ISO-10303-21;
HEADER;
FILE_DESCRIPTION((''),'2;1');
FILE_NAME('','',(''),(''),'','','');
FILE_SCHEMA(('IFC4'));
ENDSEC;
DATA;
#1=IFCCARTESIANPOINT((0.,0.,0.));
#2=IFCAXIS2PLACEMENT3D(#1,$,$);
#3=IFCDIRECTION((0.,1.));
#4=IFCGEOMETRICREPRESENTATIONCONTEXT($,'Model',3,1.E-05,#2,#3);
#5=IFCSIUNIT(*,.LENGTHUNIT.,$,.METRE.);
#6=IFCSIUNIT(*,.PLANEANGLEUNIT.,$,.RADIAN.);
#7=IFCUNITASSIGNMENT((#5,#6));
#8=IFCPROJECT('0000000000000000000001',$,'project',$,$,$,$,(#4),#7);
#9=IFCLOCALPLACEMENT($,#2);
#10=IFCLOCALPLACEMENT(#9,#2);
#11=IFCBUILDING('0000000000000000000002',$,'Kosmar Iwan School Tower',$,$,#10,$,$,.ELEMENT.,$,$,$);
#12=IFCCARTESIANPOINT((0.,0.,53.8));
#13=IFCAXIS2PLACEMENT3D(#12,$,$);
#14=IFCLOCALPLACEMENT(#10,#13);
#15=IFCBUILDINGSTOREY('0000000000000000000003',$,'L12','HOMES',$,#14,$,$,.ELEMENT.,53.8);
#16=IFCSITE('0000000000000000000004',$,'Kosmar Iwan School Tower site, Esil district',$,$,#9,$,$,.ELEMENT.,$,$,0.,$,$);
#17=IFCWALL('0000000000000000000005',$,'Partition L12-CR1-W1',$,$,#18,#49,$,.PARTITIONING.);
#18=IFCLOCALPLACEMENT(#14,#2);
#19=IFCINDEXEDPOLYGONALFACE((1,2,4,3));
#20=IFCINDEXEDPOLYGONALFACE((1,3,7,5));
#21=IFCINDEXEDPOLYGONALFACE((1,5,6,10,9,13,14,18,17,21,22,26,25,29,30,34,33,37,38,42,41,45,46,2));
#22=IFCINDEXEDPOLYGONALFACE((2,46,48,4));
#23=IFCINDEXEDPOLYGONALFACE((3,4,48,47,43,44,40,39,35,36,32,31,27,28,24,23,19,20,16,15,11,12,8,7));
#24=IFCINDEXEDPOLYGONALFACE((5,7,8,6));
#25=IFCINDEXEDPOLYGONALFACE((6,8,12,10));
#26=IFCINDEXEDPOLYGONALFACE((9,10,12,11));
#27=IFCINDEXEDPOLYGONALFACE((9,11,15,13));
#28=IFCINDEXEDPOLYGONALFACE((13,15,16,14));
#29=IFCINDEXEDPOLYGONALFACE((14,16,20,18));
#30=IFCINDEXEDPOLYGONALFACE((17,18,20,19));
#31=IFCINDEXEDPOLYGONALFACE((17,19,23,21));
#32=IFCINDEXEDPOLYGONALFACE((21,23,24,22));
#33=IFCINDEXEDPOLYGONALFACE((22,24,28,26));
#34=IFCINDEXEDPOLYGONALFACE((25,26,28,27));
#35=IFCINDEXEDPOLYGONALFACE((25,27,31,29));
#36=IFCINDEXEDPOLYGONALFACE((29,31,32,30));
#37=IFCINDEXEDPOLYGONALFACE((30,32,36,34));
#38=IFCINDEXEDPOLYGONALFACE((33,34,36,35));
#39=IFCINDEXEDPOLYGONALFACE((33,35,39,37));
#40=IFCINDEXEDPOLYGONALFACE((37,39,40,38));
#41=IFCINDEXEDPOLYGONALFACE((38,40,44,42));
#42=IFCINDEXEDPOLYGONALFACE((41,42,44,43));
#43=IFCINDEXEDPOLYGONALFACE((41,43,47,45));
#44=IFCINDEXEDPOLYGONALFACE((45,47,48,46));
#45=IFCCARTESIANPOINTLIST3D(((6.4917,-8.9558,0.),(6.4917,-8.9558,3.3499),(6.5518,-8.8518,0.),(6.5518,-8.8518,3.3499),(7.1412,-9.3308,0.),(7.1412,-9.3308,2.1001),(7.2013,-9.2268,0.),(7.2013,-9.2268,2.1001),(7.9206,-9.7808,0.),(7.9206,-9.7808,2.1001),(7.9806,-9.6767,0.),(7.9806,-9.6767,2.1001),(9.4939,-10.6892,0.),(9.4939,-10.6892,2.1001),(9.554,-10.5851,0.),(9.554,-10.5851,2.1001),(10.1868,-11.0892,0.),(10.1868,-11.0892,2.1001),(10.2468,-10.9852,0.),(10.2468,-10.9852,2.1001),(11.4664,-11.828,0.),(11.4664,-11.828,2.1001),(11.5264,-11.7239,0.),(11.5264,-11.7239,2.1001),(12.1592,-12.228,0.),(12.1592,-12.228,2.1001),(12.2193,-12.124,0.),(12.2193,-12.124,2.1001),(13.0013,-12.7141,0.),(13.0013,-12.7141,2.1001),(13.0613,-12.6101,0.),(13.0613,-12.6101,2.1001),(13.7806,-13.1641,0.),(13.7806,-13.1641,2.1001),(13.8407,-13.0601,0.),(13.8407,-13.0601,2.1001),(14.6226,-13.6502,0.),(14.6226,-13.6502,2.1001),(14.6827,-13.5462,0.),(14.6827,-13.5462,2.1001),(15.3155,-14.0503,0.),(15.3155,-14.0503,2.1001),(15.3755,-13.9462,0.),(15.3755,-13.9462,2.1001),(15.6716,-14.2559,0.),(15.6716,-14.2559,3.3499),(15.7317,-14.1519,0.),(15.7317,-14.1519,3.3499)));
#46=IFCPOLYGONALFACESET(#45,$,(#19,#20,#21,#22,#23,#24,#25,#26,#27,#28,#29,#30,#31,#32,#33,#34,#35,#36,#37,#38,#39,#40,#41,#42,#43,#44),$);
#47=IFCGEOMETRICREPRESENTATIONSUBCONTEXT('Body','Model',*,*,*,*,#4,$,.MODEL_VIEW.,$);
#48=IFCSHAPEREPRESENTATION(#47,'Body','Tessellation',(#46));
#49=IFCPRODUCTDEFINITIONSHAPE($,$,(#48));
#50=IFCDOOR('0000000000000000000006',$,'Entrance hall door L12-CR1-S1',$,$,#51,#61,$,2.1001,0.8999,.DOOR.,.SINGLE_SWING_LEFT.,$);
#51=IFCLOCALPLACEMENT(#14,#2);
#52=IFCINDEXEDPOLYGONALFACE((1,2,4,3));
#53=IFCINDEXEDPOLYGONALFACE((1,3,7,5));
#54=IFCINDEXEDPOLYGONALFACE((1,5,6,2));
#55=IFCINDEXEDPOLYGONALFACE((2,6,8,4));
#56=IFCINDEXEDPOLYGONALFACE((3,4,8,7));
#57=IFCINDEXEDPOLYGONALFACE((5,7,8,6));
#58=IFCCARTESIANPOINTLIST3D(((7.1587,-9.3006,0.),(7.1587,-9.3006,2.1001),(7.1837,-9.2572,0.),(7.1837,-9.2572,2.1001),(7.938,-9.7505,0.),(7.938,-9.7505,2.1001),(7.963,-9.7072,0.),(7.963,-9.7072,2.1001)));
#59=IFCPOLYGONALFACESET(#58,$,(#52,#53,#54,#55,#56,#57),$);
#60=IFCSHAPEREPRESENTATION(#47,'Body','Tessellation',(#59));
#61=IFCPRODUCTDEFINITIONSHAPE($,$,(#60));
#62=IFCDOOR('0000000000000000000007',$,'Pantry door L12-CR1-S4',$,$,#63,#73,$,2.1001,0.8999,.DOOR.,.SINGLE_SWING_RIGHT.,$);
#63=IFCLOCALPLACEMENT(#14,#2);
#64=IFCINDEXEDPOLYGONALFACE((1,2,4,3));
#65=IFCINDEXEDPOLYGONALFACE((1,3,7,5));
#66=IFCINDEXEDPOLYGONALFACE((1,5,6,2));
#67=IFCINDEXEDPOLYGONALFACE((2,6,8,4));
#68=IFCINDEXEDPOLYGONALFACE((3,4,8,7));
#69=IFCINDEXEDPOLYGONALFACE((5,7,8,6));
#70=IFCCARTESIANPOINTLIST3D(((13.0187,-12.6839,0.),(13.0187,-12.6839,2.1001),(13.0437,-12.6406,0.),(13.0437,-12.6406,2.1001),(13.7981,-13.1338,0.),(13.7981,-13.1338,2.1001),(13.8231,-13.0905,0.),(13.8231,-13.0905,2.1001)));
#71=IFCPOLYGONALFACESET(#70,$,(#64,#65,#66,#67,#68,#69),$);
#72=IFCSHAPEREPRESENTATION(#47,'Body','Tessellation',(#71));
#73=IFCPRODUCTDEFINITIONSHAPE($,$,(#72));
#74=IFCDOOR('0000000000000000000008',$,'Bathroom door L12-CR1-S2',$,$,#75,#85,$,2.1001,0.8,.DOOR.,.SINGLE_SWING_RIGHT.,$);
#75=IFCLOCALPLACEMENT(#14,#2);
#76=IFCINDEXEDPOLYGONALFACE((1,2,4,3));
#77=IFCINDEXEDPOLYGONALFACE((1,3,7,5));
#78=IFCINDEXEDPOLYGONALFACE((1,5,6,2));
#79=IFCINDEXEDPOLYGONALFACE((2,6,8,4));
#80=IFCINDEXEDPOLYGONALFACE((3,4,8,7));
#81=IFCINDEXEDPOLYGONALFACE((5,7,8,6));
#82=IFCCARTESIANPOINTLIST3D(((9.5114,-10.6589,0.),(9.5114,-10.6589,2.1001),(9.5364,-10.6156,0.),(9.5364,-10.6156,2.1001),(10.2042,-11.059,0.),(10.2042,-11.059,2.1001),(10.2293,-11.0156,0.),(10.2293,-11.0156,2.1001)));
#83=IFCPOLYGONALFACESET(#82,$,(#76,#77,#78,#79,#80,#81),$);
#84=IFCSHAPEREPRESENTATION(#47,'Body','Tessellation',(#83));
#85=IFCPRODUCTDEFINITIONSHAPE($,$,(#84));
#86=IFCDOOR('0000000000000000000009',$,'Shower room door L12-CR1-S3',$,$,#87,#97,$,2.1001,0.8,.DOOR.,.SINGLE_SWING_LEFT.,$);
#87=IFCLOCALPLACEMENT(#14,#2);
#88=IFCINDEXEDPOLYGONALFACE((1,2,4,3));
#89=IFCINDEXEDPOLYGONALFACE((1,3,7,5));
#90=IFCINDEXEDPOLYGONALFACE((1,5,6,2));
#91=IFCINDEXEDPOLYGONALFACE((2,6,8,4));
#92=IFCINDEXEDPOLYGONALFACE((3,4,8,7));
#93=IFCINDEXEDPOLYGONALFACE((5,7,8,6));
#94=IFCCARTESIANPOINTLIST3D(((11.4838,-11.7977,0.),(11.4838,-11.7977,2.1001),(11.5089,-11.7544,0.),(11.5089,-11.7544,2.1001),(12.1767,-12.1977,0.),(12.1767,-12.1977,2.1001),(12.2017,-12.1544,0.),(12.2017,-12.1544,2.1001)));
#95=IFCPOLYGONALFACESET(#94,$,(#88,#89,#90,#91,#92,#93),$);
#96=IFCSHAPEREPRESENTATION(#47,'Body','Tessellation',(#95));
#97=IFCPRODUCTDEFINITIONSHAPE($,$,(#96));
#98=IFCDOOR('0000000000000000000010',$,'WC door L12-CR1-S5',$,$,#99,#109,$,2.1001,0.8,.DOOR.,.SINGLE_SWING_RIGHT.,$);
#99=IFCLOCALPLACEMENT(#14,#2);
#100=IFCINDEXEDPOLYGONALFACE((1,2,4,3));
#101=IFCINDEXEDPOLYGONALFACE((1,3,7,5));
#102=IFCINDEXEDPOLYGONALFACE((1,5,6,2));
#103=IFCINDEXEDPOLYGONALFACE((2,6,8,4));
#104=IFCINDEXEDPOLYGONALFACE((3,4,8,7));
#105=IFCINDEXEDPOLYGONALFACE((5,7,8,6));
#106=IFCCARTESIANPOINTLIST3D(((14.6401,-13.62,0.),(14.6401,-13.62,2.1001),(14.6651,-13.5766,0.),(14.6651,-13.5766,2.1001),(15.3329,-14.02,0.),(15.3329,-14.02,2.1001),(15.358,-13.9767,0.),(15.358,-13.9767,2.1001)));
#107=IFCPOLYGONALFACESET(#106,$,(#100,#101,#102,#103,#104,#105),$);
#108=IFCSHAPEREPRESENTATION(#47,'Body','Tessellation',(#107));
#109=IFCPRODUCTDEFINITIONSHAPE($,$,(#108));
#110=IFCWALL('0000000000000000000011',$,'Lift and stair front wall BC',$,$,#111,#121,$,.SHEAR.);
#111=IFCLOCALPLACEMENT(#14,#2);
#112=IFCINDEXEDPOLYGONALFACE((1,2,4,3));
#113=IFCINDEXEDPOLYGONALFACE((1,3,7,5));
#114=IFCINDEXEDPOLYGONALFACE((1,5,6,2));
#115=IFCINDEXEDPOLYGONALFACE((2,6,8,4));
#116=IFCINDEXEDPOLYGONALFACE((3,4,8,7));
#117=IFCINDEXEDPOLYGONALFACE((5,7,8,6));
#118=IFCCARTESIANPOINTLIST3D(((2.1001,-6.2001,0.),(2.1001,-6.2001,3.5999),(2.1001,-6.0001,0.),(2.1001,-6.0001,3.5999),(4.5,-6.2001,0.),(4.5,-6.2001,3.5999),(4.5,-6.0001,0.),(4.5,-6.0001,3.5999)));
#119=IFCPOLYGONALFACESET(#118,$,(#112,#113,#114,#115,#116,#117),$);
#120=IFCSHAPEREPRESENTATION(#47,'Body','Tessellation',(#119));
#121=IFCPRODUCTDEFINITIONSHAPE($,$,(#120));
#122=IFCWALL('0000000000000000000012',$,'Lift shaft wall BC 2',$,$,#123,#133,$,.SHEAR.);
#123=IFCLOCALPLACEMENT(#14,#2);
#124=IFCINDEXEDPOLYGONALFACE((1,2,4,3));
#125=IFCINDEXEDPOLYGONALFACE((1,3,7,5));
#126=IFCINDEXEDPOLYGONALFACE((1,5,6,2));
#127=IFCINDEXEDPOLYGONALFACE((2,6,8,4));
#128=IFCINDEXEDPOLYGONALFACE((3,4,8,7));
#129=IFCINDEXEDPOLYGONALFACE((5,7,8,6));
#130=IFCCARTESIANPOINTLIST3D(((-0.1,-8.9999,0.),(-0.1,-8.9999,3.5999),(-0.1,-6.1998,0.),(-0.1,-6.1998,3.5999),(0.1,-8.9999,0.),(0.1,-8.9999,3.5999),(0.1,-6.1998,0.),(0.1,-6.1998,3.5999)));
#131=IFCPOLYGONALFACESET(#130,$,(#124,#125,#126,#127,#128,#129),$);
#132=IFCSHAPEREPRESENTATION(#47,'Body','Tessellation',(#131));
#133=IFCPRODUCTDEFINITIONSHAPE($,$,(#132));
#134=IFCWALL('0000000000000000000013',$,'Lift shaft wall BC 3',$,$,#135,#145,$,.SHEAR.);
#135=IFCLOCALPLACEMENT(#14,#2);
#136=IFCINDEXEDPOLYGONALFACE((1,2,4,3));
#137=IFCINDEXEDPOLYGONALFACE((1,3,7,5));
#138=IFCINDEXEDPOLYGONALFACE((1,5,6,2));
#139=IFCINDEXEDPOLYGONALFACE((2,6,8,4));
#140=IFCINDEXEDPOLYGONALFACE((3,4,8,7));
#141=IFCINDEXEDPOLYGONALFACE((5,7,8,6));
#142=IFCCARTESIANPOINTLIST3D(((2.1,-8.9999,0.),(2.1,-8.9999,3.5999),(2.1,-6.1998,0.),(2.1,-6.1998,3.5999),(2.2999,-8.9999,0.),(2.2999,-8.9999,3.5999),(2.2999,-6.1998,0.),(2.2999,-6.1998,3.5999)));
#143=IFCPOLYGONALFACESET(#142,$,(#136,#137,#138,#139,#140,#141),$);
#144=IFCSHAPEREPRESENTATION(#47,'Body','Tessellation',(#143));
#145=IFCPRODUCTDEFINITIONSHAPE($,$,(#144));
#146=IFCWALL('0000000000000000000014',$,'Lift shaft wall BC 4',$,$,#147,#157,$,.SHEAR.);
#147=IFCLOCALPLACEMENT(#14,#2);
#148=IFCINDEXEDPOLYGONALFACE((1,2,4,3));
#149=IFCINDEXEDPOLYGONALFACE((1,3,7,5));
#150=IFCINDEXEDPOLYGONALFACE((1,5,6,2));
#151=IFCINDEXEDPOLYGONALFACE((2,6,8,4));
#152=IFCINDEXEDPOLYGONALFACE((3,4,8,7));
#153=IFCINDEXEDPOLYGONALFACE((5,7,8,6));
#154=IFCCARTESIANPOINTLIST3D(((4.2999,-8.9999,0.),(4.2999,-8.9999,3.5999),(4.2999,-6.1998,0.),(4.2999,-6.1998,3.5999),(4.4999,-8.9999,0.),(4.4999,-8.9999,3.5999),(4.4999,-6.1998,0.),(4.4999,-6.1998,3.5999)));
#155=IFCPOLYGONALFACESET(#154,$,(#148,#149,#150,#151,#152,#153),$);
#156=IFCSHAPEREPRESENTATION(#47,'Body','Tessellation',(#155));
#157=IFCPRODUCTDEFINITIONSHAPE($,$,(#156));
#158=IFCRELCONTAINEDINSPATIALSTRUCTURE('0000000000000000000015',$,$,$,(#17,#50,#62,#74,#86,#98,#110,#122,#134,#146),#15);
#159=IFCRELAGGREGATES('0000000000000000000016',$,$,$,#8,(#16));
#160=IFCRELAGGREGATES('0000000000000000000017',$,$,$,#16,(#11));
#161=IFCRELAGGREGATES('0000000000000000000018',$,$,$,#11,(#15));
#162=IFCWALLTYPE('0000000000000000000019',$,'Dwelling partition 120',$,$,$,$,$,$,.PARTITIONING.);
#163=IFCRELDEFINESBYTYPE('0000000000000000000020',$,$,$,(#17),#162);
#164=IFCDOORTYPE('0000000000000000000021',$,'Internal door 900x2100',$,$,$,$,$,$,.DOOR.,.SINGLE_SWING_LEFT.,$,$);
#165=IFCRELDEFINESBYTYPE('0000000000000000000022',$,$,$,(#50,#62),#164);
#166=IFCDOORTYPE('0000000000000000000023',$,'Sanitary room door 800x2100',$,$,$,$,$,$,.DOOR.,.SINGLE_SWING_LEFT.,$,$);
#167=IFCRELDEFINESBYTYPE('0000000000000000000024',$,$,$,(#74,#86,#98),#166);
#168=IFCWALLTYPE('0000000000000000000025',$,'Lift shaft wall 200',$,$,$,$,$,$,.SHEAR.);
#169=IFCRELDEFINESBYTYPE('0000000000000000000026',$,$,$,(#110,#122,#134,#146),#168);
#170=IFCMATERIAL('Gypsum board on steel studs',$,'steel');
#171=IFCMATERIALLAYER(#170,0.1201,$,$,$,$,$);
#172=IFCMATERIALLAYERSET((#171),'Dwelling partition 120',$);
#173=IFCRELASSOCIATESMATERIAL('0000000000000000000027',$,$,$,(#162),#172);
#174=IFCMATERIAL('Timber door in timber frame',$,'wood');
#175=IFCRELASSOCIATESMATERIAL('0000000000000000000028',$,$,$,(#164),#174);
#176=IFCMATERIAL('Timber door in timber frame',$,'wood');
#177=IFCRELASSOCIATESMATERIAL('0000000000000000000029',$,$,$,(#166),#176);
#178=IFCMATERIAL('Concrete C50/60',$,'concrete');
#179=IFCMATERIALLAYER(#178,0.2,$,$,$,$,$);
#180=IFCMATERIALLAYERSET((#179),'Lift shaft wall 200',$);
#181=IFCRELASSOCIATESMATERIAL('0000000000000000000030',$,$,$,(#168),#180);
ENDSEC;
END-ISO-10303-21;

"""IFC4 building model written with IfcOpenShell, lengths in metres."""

from ifc_helpers import new_model, si_unit, direction, frame, frame_2d, origin, place, context, subcontext, project, spatial, rectangle, extrude, material, layer, layer_set, type_object, element, fill, save


model = new_model("IFC4")

# Units and contexts
model_context = context("Model", 3, precision=1e-05, world=origin(), true_north=direction((0.0, 1.0)))
body_context = subcontext(model_context, "Body", "Model", "MODEL_VIEW")
ifc_project = project(units=[si_unit("LENGTHUNIT", "METRE"), si_unit("PLANEANGLEUNIT", "RADIAN")], contexts=[model_context])

# Site, building, storey
site_placement = place(None, origin())
site = spatial("IfcSite", under=ifc_project, at=site_placement, Name="Kosmar Iwan School Tower site, Esil district", CompositionType="ELEMENT", RefElevation=0.0)
building_placement = place(site_placement, origin())
building = spatial("IfcBuilding", under=site, at=building_placement, Name="Kosmar Iwan School Tower", CompositionType="ELEMENT")
storey_placement = place(building_placement, frame((0.0, 0.0, 53.8)))
storey = spatial("IfcBuildingStorey", under=building, at=storey_placement, Name="L12", Description="HOMES", CompositionType="ELEMENT", Elevation=53.8)

# Wall, openings, doors
ifc_material_1 = material(Name="Gypsum board on steel studs", Category="steel")
ifc_layer_1 = layer(ifc_material_1, 0.1201)
ifc_layer_set_1 = layer_set([ifc_layer_1], Name="Dwelling partition 120")
wall_type_1 = type_object("IfcWallType", Name="Dwelling partition 120", PredefinedType="PARTITIONING", material=ifc_layer_set_1)
wall_1_placement = place(storey_placement, frame((6.5217, -8.9038, 0.0), z_axis=(0.0, 0.0, 1.0), x_axis=(0.866025, -0.500001, 0.0)))
wall_1 = element("IfcWall", 1, at=wall_1_placement, inside=storey, type_object=wall_type_1, Name="Partition L12-CR1-W1", PredefinedType="PARTITIONING", context=body_context, shape_type="SweptSolid", body=[
    extrude(rectangle(XDim=10.6001, YDim=0.1201, at=frame_2d((5.3, 0.0))), origin(), (0.0, 0.0, 1.0), 3.3499),
])
opening_1_placement = place(wall_1_placement, frame((0.75, 0.0, 0.0)))
opening_1 = element("IfcOpeningElement", 2, at=opening_1_placement, cuts=wall_1, PredefinedType="OPENING", context=body_context, shape_type="SweptSolid", body=[
    extrude(rectangle(XDim=0.8999, YDim=2.1001, at=frame_2d((0.45, 1.05))), frame((0.0, 0.072, 0.0), z_axis=(0.0, -1.0, 0.0), x_axis=(1.0, 0.0, 0.0)), (0.0, 0.0, 1.0), 0.144),
])
opening_2_placement = place(wall_1_placement, frame((3.4668, 0.0, 0.0)))
opening_2 = element("IfcOpeningElement", 3, at=opening_2_placement, cuts=wall_1, PredefinedType="OPENING", context=body_context, shape_type="SweptSolid", body=[
    extrude(rectangle(XDim=0.8, YDim=2.1001, at=frame_2d((0.3999, 1.05))), frame((0.0, 0.072, 0.0), z_axis=(0.0, -1.0, 0.0), x_axis=(1.0, 0.0, 0.0)), (0.0, 0.0, 1.0), 0.144),
])
opening_3_placement = place(wall_1_placement, frame((5.7444, 0.0, 0.0)))
opening_3 = element("IfcOpeningElement", 4, at=opening_3_placement, cuts=wall_1, PredefinedType="OPENING", context=body_context, shape_type="SweptSolid", body=[
    extrude(rectangle(XDim=0.8, YDim=2.1001, at=frame_2d((0.3999, 1.05))), frame((0.0, 0.072, 0.0), z_axis=(0.0, -1.0, 0.0), x_axis=(1.0, 0.0, 0.0)), (0.0, 0.0, 1.0), 0.144),
])
opening_4_placement = place(wall_1_placement, frame((7.5166, 0.0, 0.0)))
opening_4 = element("IfcOpeningElement", 5, at=opening_4_placement, cuts=wall_1, PredefinedType="OPENING", context=body_context, shape_type="SweptSolid", body=[
    extrude(rectangle(XDim=0.8999, YDim=2.1001, at=frame_2d((0.45, 1.05))), frame((0.0, 0.072, 0.0), z_axis=(0.0, -1.0, 0.0), x_axis=(1.0, 0.0, 0.0)), (0.0, 0.0, 1.0), 0.144),
])
opening_5_placement = place(wall_1_placement, frame((9.3889, 0.0, 0.0)))
opening_5 = element("IfcOpeningElement", 6, at=opening_5_placement, cuts=wall_1, PredefinedType="OPENING", context=body_context, shape_type="SweptSolid", body=[
    extrude(rectangle(XDim=0.8, YDim=2.1001, at=frame_2d((0.3999, 1.05))), frame((0.0, 0.072, 0.0), z_axis=(0.0, -1.0, 0.0), x_axis=(1.0, 0.0, 0.0)), (0.0, 0.0, 1.0), 0.144),
])
ifc_material_2 = material(Name="Timber door in timber frame", Category="wood")
door_type_1 = type_object("IfcDoorType", Name="Internal door 900x2100", OperationType="SINGLE_SWING_LEFT", PredefinedType="DOOR", material=ifc_material_2)
door_1_placement = place(opening_1_placement, origin())
door_1 = element("IfcDoor", 7, at=door_1_placement, inside=storey, type_object=door_type_1, Name="Entrance hall door L12-CR1-S1", OperationType="SINGLE_SWING_LEFT", OverallHeight=2.1001, OverallWidth=0.8999, PredefinedType="DOOR", context=body_context, shape_type="SweptSolid", body=[
    extrude(rectangle(XDim=0.8999, YDim=2.1001, at=frame_2d((0.45, 1.05))), frame((0.0, 0.0249, 0.0), z_axis=(0.0, -1.0, 0.0), x_axis=(1.0, 0.0, 0.0)), (0.0, 0.0, 1.0), 0.05),
])
fill(opening_1, door_1)
door_2_placement = place(opening_4_placement, origin())
door_2 = element("IfcDoor", 8, at=door_2_placement, inside=storey, type_object=door_type_1, Name="Pantry door L12-CR1-S4", OperationType="SINGLE_SWING_RIGHT", OverallHeight=2.1001, OverallWidth=0.8999, PredefinedType="DOOR", context=body_context, shape_type="SweptSolid", body=[
    extrude(rectangle(XDim=0.8999, YDim=2.1001, at=frame_2d((0.45, 1.05))), frame((0.0, 0.0249, 0.0), z_axis=(0.0, -1.0, 0.0), x_axis=(1.0, 0.0, 0.0)), (0.0, 0.0, 1.0), 0.05),
])
fill(opening_4, door_2)
ifc_material_3 = material(Name="Timber door in timber frame", Category="wood")
door_type_2 = type_object("IfcDoorType", Name="Sanitary room door 800x2100", OperationType="SINGLE_SWING_LEFT", PredefinedType="DOOR", material=ifc_material_3)
door_3_placement = place(opening_2_placement, origin())
door_3 = element("IfcDoor", 9, at=door_3_placement, inside=storey, type_object=door_type_2, Name="Bathroom door L12-CR1-S2", OperationType="SINGLE_SWING_RIGHT", OverallHeight=2.1001, OverallWidth=0.8, PredefinedType="DOOR", context=body_context, shape_type="SweptSolid", body=[
    extrude(rectangle(XDim=0.8, YDim=2.1001, at=frame_2d((0.3999, 1.05))), frame((0.0, 0.0249, 0.0), z_axis=(0.0, -1.0, 0.0), x_axis=(1.0, 0.0, 0.0)), (0.0, 0.0, 1.0), 0.05),
])
fill(opening_2, door_3)
door_4_placement = place(opening_3_placement, origin())
door_4 = element("IfcDoor", 10, at=door_4_placement, inside=storey, type_object=door_type_2, Name="Shower room door L12-CR1-S3", OperationType="SINGLE_SWING_LEFT", OverallHeight=2.1001, OverallWidth=0.8, PredefinedType="DOOR", context=body_context, shape_type="SweptSolid", body=[
    extrude(rectangle(XDim=0.8, YDim=2.1001, at=frame_2d((0.3999, 1.05))), frame((0.0, 0.0249, 0.0), z_axis=(0.0, -1.0, 0.0), x_axis=(1.0, 0.0, 0.0)), (0.0, 0.0, 1.0), 0.05),
])
fill(opening_3, door_4)
door_5_placement = place(opening_5_placement, origin())
door_5 = element("IfcDoor", 11, at=door_5_placement, inside=storey, type_object=door_type_2, Name="WC door L12-CR1-S5", OperationType="SINGLE_SWING_RIGHT", OverallHeight=2.1001, OverallWidth=0.8, PredefinedType="DOOR", context=body_context, shape_type="SweptSolid", body=[
    extrude(rectangle(XDim=0.8, YDim=2.1001, at=frame_2d((0.3999, 1.05))), frame((0.0, 0.0249, 0.0), z_axis=(0.0, -1.0, 0.0), x_axis=(1.0, 0.0, 0.0)), (0.0, 0.0, 1.0), 0.05),
])
fill(opening_5, door_5)

# Walls
ifc_material_4 = material(Name="Concrete C50/60", Category="concrete")
ifc_layer_2 = layer(ifc_material_4, 0.2)
ifc_layer_set_2 = layer_set([ifc_layer_2], Name="Lift shaft wall 200")
wall_type_2 = type_object("IfcWallType", Name="Lift shaft wall 200", PredefinedType="SHEAR", material=ifc_layer_set_2)
wall_2_placement = place(storey_placement, frame((2.1001, -6.1001, 0.0), z_axis=(0.0, 0.0, 1.0), x_axis=(1.0, 0.0, 0.0)))
element("IfcWall", 12, at=wall_2_placement, inside=storey, type_object=wall_type_2, Name="Lift and stair front wall BC", PredefinedType="SHEAR", context=body_context, shape_type="SweptSolid", body=[
    extrude(rectangle(XDim=2.3999, YDim=0.2, at=frame_2d((1.2, 0.0))), origin(), (0.0, 0.0, 1.0), 3.5999),
])
for number, where, z_axis, x_axis, name in (
    (13, (0.0, -6.2, 0.0), (0.0, 0.0, 1.0), (0.0, -1.0, 0.0), "Lift shaft wall BC 2"),
    (14, (2.2, -6.2, 0.0), (0.0, 0.0, 1.0), (0.0, -1.0, 0.0), "Lift shaft wall BC 3"),
    (15, (4.3999, -6.2, 0.0), (0.0, 0.0, 1.0), (0.0, -1.0, 0.0), "Lift shaft wall BC 4"),
):
    element("IfcWall", number, at=place(storey_placement, frame(where, z_axis=z_axis, x_axis=x_axis)), inside=storey, type_object=wall_type_2, Name=name, PredefinedType="SHEAR", context=body_context, shape_type="SweptSolid", body=[
        extrude(rectangle(XDim=2.8, YDim=0.2, at=frame_2d((1.3999, 0.0))), origin(), (0.0, 0.0, 1.0), 3.5999),
    ])

save(model, "model.ifc")
